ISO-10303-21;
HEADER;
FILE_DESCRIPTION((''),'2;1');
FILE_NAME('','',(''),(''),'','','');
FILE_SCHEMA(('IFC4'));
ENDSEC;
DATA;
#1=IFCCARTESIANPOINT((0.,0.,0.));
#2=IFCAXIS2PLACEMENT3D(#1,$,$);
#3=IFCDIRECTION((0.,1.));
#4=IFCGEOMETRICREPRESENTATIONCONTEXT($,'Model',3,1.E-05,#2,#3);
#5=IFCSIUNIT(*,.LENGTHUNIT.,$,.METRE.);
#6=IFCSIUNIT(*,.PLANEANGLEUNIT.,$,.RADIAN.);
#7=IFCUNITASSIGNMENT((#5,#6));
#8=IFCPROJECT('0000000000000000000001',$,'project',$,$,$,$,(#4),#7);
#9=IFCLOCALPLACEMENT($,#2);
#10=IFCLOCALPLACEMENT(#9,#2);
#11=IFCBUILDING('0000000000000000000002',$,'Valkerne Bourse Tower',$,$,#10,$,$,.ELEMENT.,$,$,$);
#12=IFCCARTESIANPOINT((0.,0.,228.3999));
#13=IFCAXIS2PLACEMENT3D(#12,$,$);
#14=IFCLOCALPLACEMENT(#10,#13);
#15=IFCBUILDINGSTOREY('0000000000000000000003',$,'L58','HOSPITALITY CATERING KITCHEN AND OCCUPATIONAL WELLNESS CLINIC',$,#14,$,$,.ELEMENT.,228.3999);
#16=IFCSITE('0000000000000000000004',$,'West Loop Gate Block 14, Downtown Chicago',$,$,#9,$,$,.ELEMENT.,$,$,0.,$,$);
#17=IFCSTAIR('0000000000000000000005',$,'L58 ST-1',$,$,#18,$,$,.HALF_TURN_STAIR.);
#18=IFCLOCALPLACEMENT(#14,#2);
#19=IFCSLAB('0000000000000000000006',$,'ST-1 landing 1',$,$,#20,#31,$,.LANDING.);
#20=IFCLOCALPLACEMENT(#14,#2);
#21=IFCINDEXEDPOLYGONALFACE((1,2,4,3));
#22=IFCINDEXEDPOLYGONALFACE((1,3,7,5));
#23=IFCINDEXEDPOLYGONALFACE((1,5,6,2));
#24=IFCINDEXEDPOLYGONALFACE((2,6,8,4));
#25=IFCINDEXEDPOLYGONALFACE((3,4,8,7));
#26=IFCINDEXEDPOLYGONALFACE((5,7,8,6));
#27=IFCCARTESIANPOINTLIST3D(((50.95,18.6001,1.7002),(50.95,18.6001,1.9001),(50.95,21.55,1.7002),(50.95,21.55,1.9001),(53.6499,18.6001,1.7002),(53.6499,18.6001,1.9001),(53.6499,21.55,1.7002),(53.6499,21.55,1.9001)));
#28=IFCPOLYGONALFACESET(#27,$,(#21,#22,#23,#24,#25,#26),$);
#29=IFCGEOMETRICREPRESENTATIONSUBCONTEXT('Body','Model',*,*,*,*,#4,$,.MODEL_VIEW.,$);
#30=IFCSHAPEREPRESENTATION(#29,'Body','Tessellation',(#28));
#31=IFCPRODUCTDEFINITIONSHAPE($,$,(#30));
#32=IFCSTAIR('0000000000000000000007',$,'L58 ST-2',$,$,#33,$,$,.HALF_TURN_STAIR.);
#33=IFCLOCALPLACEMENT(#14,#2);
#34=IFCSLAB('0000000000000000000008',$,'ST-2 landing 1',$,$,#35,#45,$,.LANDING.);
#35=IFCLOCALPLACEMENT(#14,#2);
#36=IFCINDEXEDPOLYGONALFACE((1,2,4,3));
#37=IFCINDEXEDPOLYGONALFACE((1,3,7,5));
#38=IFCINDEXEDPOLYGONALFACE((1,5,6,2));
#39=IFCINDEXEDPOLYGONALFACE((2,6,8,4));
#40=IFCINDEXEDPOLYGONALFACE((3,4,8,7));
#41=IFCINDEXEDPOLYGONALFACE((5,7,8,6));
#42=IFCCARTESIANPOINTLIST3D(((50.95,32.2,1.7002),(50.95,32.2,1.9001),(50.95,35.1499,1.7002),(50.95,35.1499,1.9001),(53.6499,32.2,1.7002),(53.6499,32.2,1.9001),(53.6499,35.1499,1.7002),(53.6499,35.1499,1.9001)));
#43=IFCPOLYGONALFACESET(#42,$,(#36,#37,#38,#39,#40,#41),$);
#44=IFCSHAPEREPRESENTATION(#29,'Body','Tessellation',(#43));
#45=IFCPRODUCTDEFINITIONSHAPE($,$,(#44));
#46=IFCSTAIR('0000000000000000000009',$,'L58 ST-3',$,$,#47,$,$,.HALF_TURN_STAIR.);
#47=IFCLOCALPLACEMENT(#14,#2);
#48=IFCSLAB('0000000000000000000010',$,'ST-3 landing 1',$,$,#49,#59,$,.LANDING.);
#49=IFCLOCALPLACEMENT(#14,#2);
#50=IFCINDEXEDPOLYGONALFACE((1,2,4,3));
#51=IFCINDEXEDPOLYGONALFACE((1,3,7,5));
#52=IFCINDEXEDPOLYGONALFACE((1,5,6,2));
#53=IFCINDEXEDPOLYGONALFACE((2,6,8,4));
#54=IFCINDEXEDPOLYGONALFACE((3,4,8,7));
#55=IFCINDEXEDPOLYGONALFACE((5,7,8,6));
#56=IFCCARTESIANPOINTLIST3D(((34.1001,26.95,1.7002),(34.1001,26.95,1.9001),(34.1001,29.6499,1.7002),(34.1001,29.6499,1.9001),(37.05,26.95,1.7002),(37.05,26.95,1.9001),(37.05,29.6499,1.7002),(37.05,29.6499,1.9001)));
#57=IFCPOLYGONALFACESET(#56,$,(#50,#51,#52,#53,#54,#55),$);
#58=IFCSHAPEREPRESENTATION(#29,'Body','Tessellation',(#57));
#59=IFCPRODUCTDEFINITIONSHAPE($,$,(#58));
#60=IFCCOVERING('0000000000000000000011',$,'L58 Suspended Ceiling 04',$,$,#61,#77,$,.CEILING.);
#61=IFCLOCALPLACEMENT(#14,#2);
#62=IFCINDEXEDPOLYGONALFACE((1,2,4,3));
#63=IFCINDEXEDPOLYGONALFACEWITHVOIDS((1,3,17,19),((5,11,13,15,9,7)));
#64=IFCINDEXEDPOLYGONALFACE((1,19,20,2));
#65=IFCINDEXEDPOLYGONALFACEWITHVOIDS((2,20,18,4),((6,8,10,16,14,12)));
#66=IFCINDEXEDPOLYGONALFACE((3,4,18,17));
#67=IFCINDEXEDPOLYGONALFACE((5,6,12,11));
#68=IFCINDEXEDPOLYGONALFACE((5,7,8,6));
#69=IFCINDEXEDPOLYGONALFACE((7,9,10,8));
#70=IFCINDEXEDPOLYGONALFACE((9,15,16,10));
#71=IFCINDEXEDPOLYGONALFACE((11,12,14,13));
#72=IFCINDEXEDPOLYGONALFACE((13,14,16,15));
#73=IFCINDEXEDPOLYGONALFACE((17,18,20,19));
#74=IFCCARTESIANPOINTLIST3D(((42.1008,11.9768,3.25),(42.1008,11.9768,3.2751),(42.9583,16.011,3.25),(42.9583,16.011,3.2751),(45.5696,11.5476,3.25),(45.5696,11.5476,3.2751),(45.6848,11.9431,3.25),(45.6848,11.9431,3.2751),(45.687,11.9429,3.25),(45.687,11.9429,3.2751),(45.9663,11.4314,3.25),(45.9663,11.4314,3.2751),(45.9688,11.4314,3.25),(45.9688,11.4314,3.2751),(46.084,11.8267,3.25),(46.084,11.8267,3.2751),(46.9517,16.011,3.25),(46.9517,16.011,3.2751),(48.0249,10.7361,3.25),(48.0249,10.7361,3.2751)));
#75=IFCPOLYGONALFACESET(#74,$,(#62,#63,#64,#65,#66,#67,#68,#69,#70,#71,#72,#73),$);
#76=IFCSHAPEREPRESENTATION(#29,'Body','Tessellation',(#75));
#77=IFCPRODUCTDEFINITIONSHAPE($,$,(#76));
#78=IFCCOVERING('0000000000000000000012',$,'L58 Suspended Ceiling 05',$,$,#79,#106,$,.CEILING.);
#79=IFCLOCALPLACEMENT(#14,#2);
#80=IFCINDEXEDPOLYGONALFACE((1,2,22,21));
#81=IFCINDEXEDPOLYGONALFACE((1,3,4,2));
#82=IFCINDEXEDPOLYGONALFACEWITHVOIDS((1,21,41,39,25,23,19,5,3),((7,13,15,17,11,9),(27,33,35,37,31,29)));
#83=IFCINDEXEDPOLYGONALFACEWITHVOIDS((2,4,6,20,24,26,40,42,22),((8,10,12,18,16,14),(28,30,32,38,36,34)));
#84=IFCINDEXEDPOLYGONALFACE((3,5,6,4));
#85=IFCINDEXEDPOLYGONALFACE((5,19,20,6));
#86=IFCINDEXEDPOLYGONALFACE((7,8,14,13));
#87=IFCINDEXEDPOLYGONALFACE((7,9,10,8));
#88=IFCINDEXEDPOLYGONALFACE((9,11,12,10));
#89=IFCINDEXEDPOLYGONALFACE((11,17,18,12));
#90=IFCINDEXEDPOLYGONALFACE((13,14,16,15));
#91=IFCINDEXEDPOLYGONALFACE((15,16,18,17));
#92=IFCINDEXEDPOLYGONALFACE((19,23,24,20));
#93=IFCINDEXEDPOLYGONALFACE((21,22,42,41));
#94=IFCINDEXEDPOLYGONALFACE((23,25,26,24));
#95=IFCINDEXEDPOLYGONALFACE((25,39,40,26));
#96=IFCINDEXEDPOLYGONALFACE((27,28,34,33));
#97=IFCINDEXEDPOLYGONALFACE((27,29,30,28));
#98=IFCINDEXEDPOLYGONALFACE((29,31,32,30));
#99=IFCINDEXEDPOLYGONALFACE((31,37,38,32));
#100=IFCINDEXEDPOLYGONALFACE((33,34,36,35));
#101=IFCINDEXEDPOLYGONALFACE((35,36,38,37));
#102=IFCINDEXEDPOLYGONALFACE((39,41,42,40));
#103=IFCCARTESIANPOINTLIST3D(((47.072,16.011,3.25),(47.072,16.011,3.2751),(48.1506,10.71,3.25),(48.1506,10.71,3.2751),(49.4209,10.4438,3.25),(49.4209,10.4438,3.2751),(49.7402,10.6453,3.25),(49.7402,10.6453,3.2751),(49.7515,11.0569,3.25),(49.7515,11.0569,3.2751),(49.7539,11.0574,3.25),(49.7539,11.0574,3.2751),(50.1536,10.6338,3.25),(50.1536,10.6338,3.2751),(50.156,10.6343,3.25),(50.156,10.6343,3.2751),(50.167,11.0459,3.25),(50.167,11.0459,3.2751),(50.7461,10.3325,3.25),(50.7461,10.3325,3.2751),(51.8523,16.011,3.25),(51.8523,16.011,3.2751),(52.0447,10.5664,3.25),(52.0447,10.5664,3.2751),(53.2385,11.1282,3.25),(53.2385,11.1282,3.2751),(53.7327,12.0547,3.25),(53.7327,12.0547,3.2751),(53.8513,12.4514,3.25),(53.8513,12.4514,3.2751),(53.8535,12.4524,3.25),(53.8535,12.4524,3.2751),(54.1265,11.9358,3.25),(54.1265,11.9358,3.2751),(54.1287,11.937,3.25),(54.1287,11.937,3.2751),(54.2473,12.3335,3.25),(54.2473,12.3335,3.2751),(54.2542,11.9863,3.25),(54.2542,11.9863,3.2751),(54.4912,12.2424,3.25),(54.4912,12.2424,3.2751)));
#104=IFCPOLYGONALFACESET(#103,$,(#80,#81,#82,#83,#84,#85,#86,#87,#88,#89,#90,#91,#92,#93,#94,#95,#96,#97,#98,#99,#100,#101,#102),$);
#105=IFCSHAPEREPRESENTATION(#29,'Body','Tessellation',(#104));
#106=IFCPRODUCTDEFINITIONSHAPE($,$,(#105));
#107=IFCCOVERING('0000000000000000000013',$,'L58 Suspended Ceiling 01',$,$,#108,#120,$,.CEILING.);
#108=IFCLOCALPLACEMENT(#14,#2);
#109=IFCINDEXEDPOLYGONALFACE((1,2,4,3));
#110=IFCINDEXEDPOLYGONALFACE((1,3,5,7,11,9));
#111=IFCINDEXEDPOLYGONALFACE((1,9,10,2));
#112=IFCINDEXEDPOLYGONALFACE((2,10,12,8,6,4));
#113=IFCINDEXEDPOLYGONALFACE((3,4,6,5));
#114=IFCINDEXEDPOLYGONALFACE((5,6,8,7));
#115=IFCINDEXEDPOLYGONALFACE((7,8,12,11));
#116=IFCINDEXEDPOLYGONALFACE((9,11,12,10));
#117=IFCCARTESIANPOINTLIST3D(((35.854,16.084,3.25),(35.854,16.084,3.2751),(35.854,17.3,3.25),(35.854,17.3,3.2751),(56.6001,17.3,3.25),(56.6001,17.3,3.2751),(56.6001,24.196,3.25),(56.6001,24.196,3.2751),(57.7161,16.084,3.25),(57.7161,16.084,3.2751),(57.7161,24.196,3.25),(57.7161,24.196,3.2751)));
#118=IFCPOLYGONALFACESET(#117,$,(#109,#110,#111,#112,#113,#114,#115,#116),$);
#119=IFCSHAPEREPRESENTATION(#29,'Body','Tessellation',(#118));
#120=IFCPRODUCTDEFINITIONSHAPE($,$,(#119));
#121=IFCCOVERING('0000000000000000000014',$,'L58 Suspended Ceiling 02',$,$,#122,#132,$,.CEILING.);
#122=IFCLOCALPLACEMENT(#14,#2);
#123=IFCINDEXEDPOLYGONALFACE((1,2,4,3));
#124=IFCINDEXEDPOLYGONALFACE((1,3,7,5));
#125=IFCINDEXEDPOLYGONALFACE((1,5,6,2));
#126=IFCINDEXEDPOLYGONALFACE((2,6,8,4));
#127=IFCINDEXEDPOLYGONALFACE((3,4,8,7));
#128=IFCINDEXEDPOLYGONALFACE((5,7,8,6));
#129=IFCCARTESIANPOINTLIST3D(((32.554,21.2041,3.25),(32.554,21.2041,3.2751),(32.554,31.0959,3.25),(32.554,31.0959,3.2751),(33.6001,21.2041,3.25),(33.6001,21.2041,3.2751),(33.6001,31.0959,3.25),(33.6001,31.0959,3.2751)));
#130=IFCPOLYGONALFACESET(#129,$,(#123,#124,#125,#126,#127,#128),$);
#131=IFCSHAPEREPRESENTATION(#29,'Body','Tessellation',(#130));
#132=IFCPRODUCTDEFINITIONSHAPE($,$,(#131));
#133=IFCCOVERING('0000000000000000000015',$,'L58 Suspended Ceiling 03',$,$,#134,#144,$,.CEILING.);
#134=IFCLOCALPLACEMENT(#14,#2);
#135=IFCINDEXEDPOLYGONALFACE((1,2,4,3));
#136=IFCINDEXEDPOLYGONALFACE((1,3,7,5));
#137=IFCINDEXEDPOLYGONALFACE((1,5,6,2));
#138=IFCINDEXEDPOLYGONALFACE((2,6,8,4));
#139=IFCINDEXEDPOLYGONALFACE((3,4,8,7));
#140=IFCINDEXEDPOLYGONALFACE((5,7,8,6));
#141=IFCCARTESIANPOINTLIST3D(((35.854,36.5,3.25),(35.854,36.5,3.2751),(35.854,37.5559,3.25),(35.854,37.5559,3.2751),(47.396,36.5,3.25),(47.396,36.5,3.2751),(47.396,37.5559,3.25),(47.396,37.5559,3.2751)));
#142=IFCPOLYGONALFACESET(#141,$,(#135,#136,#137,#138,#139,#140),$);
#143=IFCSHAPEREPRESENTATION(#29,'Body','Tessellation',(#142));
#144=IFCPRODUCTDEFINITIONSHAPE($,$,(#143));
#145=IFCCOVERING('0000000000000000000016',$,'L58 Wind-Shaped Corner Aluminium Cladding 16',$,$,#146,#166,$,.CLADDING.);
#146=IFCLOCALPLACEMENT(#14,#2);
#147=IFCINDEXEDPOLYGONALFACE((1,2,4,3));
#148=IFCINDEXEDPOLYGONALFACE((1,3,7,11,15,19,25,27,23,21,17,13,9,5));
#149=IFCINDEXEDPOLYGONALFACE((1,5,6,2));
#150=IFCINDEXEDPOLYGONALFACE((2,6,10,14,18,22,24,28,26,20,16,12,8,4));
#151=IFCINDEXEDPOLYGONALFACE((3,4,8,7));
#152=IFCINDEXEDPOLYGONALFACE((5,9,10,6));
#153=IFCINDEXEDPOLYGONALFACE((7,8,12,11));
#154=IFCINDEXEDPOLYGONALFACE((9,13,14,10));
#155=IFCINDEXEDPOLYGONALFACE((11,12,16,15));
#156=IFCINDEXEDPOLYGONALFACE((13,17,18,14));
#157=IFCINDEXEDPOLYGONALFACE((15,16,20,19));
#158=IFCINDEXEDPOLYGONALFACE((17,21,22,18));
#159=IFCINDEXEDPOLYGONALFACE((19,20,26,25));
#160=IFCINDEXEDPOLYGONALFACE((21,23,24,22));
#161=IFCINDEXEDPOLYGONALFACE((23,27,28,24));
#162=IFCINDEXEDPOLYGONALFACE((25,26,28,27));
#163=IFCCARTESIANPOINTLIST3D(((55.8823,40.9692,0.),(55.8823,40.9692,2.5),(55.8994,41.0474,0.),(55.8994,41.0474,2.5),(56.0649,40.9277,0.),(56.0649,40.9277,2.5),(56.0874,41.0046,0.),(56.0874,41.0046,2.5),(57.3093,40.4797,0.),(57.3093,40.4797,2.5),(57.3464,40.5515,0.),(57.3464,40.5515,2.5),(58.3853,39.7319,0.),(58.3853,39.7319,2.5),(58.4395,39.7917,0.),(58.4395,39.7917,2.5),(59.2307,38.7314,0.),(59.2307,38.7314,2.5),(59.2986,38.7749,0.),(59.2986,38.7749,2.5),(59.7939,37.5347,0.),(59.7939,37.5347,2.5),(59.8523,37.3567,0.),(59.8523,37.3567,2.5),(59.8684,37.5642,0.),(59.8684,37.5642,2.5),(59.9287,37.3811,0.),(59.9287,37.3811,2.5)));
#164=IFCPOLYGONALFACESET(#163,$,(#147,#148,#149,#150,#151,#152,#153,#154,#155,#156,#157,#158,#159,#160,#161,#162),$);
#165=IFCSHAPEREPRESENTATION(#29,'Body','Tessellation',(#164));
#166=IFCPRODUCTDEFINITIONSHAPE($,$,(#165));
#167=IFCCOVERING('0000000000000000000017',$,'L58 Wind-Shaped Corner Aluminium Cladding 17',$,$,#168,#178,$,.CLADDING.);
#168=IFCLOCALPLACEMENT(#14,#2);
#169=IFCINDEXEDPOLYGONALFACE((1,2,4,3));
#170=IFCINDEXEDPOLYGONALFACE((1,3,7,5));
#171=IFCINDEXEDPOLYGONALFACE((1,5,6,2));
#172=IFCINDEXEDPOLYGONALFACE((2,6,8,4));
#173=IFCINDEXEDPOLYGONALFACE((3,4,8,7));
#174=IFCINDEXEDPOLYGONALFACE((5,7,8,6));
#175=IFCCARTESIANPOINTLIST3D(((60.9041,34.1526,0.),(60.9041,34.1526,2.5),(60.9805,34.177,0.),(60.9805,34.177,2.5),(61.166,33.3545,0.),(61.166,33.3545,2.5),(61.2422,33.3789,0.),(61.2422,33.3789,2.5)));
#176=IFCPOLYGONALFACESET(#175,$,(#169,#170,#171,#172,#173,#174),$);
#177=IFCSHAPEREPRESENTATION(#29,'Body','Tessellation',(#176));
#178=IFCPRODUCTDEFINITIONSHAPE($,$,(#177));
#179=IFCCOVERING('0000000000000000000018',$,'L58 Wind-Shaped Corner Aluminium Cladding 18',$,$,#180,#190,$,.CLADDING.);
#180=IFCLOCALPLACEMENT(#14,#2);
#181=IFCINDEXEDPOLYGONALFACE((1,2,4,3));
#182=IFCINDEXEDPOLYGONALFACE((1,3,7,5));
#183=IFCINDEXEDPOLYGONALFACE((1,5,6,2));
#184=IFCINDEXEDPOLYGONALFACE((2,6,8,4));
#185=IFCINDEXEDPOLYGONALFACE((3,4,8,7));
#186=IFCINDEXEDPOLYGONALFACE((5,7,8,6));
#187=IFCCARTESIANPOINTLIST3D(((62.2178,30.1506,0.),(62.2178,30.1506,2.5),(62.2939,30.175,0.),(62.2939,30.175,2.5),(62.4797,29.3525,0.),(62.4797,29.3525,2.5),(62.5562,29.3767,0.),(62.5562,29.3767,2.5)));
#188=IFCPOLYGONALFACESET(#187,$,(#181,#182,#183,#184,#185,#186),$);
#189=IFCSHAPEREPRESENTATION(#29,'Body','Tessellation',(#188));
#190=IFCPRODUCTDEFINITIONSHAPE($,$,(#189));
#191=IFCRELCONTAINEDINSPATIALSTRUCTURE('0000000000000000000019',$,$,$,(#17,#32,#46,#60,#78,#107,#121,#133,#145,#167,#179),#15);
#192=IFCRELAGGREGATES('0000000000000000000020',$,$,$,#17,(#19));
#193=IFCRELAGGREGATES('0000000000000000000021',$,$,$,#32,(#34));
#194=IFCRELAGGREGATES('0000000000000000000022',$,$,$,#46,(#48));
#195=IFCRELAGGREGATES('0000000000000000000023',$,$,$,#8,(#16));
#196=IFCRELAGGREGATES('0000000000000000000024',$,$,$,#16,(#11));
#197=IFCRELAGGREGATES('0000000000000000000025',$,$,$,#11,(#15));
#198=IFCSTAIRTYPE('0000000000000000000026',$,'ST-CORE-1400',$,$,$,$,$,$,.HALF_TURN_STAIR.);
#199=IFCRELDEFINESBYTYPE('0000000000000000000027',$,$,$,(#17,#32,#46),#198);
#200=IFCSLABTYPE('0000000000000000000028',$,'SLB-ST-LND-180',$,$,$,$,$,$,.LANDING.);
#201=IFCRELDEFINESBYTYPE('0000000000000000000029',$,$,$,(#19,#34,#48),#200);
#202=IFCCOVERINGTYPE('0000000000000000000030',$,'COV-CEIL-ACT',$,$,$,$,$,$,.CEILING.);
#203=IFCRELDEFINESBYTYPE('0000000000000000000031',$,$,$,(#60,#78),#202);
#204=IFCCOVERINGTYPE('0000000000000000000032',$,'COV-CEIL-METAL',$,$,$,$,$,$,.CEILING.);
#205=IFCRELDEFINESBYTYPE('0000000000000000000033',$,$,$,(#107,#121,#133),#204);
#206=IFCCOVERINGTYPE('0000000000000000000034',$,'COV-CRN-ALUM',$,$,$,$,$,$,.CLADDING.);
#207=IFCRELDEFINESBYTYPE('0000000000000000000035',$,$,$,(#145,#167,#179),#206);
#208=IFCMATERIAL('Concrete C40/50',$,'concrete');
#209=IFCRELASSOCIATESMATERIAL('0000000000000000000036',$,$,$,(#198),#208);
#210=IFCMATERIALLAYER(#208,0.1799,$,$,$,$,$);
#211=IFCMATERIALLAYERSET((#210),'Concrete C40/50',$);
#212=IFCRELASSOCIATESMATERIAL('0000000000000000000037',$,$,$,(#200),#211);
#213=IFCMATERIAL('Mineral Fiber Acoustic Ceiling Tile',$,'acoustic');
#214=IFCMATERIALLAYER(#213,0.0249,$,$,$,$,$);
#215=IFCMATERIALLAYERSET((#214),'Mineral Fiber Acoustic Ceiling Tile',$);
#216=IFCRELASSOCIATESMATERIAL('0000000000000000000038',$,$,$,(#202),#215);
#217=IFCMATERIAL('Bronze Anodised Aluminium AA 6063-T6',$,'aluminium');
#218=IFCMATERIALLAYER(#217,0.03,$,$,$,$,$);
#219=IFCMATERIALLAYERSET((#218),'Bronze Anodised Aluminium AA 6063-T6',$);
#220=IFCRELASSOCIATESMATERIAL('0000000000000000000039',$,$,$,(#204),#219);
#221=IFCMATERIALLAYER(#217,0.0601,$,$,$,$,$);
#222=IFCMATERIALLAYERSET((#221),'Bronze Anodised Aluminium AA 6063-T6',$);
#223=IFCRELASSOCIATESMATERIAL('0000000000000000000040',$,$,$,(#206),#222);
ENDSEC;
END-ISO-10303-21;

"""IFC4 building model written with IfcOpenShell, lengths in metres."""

from ifc_helpers import new_model, si_unit, direction, frame, origin, place, context, subcontext, project, spatial, polyline, outline, extrude, material, layer, layer_set, type_object, element, aggregate, save


model = new_model("IFC4")

# Units and contexts
model_context = context("Model", 3, precision=1e-05, world=origin(), true_north=direction((0.0, 1.0)))
body_context = subcontext(model_context, "Body", "Model", "MODEL_VIEW")
ifc_project = project(units=[si_unit("LENGTHUNIT", "METRE"), si_unit("PLANEANGLEUNIT", "RADIAN")], contexts=[model_context])

# Site, building, storey
site_placement = place(None, origin())
site = spatial("IfcSite", under=ifc_project, at=site_placement, Name="West Loop Gate Block 14, Downtown Chicago", CompositionType="ELEMENT", RefElevation=0.0)
building_placement = place(site_placement, origin())
building = spatial("IfcBuilding", under=site, at=building_placement, Name="Valkerne Bourse Tower", CompositionType="ELEMENT")
storey_placement = place(building_placement, frame((0.0, 0.0, 228.3999)))
storey = spatial("IfcBuildingStorey", under=building, at=storey_placement, Name="L58", Description="HOSPITALITY CATERING KITCHEN AND OCCUPATIONAL WELLNESS CLINIC", CompositionType="ELEMENT", Elevation=228.3999)

# Stairs, slabs
ifc_material_1 = material(Name="Concrete C40/50", Category="concrete")
stair_type = type_object("IfcStairType", Name="ST-CORE-1400", PredefinedType="HALF_TURN_STAIR", material=ifc_material_1)
stair_1_placement = place(storey_placement, origin())
stair_1 = element("IfcStair", 1, at=stair_1_placement, inside=storey, type_object=stair_type, Name="L58 ST-1", PredefinedType="HALF_TURN_STAIR")
ifc_layer_1 = layer(ifc_material_1, 0.1799)
ifc_layer_set_1 = layer_set([ifc_layer_1], Name="Concrete C40/50")
slab_type = type_object("IfcSlabType", Name="SLB-ST-LND-180", PredefinedType="LANDING", material=ifc_layer_set_1)
slab_1_placement = place(storey_placement, frame((0.0, 0.0, 1.7002)))
slab_1 = element("IfcSlab", 2, at=slab_1_placement, type_object=slab_type, Name="ST-1 landing 1", PredefinedType="LANDING", context=body_context, shape_type="SweptSolid", body=[
    extrude(outline(polyline([(50.95, 18.6001), (53.6499, 18.6001), (53.6499, 21.55), (50.95, 21.55), (50.95, 18.6001)])), origin(), (0.0, 0.0, 1.0), 0.2),
])
aggregate(stair_1, [slab_1])
stair_2_placement = place(storey_placement, origin())
stair_2 = element("IfcStair", 3, at=stair_2_placement, inside=storey, type_object=stair_type, Name="L58 ST-2", PredefinedType="HALF_TURN_STAIR")
slab_2_placement = place(storey_placement, frame((0.0, 0.0, 1.7002)))
slab_2 = element("IfcSlab", 4, at=slab_2_placement, type_object=slab_type, Name="ST-2 landing 1", PredefinedType="LANDING", context=body_context, shape_type="SweptSolid", body=[
    extrude(outline(polyline([(50.95, 32.2), (53.6499, 32.2), (53.6499, 35.1499), (50.95, 35.1499), (50.95, 32.2)])), origin(), (0.0, 0.0, 1.0), 0.2),
])
aggregate(stair_2, [slab_2])
stair_3_placement = place(storey_placement, origin())
stair_3 = element("IfcStair", 5, at=stair_3_placement, inside=storey, type_object=stair_type, Name="L58 ST-3", PredefinedType="HALF_TURN_STAIR")
slab_3_placement = place(storey_placement, frame((0.0, 0.0, 1.7002)))
slab_3 = element("IfcSlab", 6, at=slab_3_placement, type_object=slab_type, Name="ST-3 landing 1", PredefinedType="LANDING", context=body_context, shape_type="SweptSolid", body=[
    extrude(outline(polyline([(37.05, 26.95), (37.05, 29.6499), (34.1001, 29.6499), (34.1001, 26.95), (37.05, 26.95)])), origin(), (0.0, 0.0, 1.0), 0.2),
])
aggregate(stair_3, [slab_3])

# Coverings
ifc_material_2 = material(Name="Mineral Fiber Acoustic Ceiling Tile", Category="acoustic")
ifc_layer_2 = layer(ifc_material_2, 0.0249)
ifc_layer_set_2 = layer_set([ifc_layer_2], Name="Mineral Fiber Acoustic Ceiling Tile")
covering_type_1 = type_object("IfcCoveringType", Name="COV-CEIL-ACT", PredefinedType="CEILING", material=ifc_layer_set_2)
covering_1_placement = place(storey_placement, frame((0.0, 0.0, 3.25)))
element("IfcCovering", 7, at=covering_1_placement, inside=storey, type_object=covering_type_1, Name="L58 Suspended Ceiling 04", PredefinedType="CEILING", context=body_context, shape_type="SweptSolid", body=[
    extrude(outline(polyline([(46.9517, 16.011), (48.0249, 10.7361), (42.1008, 11.9768), (42.9583, 16.011), (46.9517, 16.011)]), holes=[polyline([(45.687, 11.9429), (45.6848, 11.9431), (45.5696, 11.5476), (45.9663, 11.4314), (45.9688, 11.4314), (46.084, 11.8267), (45.687, 11.9429)])]), origin(), (0.0, 0.0, 1.0), 0.0251),
])
covering_2_placement = place(storey_placement, frame((0.0, 0.0, 3.25)))
element("IfcCovering", 8, at=covering_2_placement, inside=storey, type_object=covering_type_1, Name="L58 Suspended Ceiling 05", PredefinedType="CEILING", context=body_context, shape_type="SweptSolid", body=[
    extrude(outline(polyline([(52.0447, 10.5664), (50.7461, 10.3325), (49.4209, 10.4438), (48.1506, 10.71), (47.072, 16.011), (51.8523, 16.011), (54.4912, 12.2424), (54.2542, 11.9863), (53.2385, 11.1282), (52.0447, 10.5664)]), holes=[polyline([(50.167, 11.0459), (49.7539, 11.0574), (49.7515, 11.0569), (49.7402, 10.6453), (50.1536, 10.6338), (50.156, 10.6343), (50.167, 11.0459)]), polyline([(54.2473, 12.3335), (53.8535, 12.4524), (53.8513, 12.4514), (53.7327, 12.0547), (54.1265, 11.9358), (54.1287, 11.937), (54.2473, 12.3335)])]), origin(), (0.0, 0.0, 1.0), 0.0251),
])
ifc_material_3 = material(Name="Bronze Anodised Aluminium AA 6063-T6", Category="aluminium")
ifc_layer_3 = layer(ifc_material_3, 0.03)
ifc_layer_set_3 = layer_set([ifc_layer_3], Name="Bronze Anodised Aluminium AA 6063-T6")
covering_type_2 = type_object("IfcCoveringType", Name="COV-CEIL-METAL", PredefinedType="CEILING", material=ifc_layer_set_3)
covering_3_placement = place(storey_placement, frame((0.0, 0.0, 3.25)))
element("IfcCovering", 9, at=covering_3_placement, inside=storey, type_object=covering_type_2, Name="L58 Suspended Ceiling 01", PredefinedType="CEILING", context=body_context, shape_type="SweptSolid", body=[
    extrude(outline(polyline([(35.854, 17.3), (56.6001, 17.3), (56.6001, 24.196), (57.7161, 24.196), (57.7161, 16.084), (35.854, 16.084), (35.854, 17.3)])), origin(), (0.0, 0.0, 1.0), 0.0251),
])
covering_4_placement = place(storey_placement, frame((0.0, 0.0, 3.25)))
element("IfcCovering", 10, at=covering_4_placement, inside=storey, type_object=covering_type_2, Name="L58 Suspended Ceiling 02", PredefinedType="CEILING", context=body_context, shape_type="SweptSolid", body=[
    extrude(outline(polyline([(32.554, 21.2041), (32.554, 31.0959), (33.6001, 31.0959), (33.6001, 21.2041), (32.554, 21.2041)])), origin(), (0.0, 0.0, 1.0), 0.0251),
])
covering_5_placement = place(storey_placement, frame((0.0, 0.0, 3.25)))
element("IfcCovering", 11, at=covering_5_placement, inside=storey, type_object=covering_type_2, Name="L58 Suspended Ceiling 03", PredefinedType="CEILING", context=body_context, shape_type="SweptSolid", body=[
    extrude(outline(polyline([(35.854, 37.5559), (47.396, 37.5559), (47.396, 36.5), (35.854, 36.5), (35.854, 37.5559)])), origin(), (0.0, 0.0, 1.0), 0.0251),
])
ifc_layer_4 = layer(ifc_material_3, 0.0601)
ifc_layer_set_4 = layer_set([ifc_layer_4], Name="Bronze Anodised Aluminium AA 6063-T6")
covering_type_3 = type_object("IfcCoveringType", Name="COV-CRN-ALUM", PredefinedType="CLADDING", material=ifc_layer_set_4)
covering_6_placement = place(storey_placement, origin())
element("IfcCovering", 12, at=covering_6_placement, inside=storey, type_object=covering_type_3, Name="L58 Wind-Shaped Corner Aluminium Cladding 16", PredefinedType="CLADDING", context=body_context, shape_type="SweptSolid", body=[
    extrude(outline(polyline([(56.0874, 41.0046), (57.3464, 40.5515), (58.4395, 39.7917), (59.2986, 38.7749), (59.8684, 37.5642), (59.9287, 37.3811), (59.8523, 37.3567), (59.7939, 37.5347), (59.2307, 38.7314), (58.3853, 39.7319), (57.3093, 40.4797), (56.0649, 40.9277), (55.8823, 40.9692), (55.8994, 41.0474), (56.0874, 41.0046)])), origin(), (0.0, 0.0, 1.0), 2.5),
])
covering_7_placement = place(storey_placement, origin())
element("IfcCovering", 13, at=covering_7_placement, inside=storey, type_object=covering_type_3, Name="L58 Wind-Shaped Corner Aluminium Cladding 17", PredefinedType="CLADDING", context=body_context, shape_type="SweptSolid", body=[
    extrude(outline(polyline([(61.2422, 33.3789), (61.166, 33.3545), (60.9041, 34.1526), (60.9805, 34.177), (61.2422, 33.3789)])), origin(), (0.0, 0.0, 1.0), 2.5),
])
covering_8_placement = place(storey_placement, origin())
element("IfcCovering", 14, at=covering_8_placement, inside=storey, type_object=covering_type_3, Name="L58 Wind-Shaped Corner Aluminium Cladding 18", PredefinedType="CLADDING", context=body_context, shape_type="SweptSolid", body=[
    extrude(outline(polyline([(62.5562, 29.3767), (62.4797, 29.3525), (62.2178, 30.1506), (62.2939, 30.175), (62.5562, 29.3767)])), origin(), (0.0, 0.0, 1.0), 2.5),
])

save(model, "model.ifc")
